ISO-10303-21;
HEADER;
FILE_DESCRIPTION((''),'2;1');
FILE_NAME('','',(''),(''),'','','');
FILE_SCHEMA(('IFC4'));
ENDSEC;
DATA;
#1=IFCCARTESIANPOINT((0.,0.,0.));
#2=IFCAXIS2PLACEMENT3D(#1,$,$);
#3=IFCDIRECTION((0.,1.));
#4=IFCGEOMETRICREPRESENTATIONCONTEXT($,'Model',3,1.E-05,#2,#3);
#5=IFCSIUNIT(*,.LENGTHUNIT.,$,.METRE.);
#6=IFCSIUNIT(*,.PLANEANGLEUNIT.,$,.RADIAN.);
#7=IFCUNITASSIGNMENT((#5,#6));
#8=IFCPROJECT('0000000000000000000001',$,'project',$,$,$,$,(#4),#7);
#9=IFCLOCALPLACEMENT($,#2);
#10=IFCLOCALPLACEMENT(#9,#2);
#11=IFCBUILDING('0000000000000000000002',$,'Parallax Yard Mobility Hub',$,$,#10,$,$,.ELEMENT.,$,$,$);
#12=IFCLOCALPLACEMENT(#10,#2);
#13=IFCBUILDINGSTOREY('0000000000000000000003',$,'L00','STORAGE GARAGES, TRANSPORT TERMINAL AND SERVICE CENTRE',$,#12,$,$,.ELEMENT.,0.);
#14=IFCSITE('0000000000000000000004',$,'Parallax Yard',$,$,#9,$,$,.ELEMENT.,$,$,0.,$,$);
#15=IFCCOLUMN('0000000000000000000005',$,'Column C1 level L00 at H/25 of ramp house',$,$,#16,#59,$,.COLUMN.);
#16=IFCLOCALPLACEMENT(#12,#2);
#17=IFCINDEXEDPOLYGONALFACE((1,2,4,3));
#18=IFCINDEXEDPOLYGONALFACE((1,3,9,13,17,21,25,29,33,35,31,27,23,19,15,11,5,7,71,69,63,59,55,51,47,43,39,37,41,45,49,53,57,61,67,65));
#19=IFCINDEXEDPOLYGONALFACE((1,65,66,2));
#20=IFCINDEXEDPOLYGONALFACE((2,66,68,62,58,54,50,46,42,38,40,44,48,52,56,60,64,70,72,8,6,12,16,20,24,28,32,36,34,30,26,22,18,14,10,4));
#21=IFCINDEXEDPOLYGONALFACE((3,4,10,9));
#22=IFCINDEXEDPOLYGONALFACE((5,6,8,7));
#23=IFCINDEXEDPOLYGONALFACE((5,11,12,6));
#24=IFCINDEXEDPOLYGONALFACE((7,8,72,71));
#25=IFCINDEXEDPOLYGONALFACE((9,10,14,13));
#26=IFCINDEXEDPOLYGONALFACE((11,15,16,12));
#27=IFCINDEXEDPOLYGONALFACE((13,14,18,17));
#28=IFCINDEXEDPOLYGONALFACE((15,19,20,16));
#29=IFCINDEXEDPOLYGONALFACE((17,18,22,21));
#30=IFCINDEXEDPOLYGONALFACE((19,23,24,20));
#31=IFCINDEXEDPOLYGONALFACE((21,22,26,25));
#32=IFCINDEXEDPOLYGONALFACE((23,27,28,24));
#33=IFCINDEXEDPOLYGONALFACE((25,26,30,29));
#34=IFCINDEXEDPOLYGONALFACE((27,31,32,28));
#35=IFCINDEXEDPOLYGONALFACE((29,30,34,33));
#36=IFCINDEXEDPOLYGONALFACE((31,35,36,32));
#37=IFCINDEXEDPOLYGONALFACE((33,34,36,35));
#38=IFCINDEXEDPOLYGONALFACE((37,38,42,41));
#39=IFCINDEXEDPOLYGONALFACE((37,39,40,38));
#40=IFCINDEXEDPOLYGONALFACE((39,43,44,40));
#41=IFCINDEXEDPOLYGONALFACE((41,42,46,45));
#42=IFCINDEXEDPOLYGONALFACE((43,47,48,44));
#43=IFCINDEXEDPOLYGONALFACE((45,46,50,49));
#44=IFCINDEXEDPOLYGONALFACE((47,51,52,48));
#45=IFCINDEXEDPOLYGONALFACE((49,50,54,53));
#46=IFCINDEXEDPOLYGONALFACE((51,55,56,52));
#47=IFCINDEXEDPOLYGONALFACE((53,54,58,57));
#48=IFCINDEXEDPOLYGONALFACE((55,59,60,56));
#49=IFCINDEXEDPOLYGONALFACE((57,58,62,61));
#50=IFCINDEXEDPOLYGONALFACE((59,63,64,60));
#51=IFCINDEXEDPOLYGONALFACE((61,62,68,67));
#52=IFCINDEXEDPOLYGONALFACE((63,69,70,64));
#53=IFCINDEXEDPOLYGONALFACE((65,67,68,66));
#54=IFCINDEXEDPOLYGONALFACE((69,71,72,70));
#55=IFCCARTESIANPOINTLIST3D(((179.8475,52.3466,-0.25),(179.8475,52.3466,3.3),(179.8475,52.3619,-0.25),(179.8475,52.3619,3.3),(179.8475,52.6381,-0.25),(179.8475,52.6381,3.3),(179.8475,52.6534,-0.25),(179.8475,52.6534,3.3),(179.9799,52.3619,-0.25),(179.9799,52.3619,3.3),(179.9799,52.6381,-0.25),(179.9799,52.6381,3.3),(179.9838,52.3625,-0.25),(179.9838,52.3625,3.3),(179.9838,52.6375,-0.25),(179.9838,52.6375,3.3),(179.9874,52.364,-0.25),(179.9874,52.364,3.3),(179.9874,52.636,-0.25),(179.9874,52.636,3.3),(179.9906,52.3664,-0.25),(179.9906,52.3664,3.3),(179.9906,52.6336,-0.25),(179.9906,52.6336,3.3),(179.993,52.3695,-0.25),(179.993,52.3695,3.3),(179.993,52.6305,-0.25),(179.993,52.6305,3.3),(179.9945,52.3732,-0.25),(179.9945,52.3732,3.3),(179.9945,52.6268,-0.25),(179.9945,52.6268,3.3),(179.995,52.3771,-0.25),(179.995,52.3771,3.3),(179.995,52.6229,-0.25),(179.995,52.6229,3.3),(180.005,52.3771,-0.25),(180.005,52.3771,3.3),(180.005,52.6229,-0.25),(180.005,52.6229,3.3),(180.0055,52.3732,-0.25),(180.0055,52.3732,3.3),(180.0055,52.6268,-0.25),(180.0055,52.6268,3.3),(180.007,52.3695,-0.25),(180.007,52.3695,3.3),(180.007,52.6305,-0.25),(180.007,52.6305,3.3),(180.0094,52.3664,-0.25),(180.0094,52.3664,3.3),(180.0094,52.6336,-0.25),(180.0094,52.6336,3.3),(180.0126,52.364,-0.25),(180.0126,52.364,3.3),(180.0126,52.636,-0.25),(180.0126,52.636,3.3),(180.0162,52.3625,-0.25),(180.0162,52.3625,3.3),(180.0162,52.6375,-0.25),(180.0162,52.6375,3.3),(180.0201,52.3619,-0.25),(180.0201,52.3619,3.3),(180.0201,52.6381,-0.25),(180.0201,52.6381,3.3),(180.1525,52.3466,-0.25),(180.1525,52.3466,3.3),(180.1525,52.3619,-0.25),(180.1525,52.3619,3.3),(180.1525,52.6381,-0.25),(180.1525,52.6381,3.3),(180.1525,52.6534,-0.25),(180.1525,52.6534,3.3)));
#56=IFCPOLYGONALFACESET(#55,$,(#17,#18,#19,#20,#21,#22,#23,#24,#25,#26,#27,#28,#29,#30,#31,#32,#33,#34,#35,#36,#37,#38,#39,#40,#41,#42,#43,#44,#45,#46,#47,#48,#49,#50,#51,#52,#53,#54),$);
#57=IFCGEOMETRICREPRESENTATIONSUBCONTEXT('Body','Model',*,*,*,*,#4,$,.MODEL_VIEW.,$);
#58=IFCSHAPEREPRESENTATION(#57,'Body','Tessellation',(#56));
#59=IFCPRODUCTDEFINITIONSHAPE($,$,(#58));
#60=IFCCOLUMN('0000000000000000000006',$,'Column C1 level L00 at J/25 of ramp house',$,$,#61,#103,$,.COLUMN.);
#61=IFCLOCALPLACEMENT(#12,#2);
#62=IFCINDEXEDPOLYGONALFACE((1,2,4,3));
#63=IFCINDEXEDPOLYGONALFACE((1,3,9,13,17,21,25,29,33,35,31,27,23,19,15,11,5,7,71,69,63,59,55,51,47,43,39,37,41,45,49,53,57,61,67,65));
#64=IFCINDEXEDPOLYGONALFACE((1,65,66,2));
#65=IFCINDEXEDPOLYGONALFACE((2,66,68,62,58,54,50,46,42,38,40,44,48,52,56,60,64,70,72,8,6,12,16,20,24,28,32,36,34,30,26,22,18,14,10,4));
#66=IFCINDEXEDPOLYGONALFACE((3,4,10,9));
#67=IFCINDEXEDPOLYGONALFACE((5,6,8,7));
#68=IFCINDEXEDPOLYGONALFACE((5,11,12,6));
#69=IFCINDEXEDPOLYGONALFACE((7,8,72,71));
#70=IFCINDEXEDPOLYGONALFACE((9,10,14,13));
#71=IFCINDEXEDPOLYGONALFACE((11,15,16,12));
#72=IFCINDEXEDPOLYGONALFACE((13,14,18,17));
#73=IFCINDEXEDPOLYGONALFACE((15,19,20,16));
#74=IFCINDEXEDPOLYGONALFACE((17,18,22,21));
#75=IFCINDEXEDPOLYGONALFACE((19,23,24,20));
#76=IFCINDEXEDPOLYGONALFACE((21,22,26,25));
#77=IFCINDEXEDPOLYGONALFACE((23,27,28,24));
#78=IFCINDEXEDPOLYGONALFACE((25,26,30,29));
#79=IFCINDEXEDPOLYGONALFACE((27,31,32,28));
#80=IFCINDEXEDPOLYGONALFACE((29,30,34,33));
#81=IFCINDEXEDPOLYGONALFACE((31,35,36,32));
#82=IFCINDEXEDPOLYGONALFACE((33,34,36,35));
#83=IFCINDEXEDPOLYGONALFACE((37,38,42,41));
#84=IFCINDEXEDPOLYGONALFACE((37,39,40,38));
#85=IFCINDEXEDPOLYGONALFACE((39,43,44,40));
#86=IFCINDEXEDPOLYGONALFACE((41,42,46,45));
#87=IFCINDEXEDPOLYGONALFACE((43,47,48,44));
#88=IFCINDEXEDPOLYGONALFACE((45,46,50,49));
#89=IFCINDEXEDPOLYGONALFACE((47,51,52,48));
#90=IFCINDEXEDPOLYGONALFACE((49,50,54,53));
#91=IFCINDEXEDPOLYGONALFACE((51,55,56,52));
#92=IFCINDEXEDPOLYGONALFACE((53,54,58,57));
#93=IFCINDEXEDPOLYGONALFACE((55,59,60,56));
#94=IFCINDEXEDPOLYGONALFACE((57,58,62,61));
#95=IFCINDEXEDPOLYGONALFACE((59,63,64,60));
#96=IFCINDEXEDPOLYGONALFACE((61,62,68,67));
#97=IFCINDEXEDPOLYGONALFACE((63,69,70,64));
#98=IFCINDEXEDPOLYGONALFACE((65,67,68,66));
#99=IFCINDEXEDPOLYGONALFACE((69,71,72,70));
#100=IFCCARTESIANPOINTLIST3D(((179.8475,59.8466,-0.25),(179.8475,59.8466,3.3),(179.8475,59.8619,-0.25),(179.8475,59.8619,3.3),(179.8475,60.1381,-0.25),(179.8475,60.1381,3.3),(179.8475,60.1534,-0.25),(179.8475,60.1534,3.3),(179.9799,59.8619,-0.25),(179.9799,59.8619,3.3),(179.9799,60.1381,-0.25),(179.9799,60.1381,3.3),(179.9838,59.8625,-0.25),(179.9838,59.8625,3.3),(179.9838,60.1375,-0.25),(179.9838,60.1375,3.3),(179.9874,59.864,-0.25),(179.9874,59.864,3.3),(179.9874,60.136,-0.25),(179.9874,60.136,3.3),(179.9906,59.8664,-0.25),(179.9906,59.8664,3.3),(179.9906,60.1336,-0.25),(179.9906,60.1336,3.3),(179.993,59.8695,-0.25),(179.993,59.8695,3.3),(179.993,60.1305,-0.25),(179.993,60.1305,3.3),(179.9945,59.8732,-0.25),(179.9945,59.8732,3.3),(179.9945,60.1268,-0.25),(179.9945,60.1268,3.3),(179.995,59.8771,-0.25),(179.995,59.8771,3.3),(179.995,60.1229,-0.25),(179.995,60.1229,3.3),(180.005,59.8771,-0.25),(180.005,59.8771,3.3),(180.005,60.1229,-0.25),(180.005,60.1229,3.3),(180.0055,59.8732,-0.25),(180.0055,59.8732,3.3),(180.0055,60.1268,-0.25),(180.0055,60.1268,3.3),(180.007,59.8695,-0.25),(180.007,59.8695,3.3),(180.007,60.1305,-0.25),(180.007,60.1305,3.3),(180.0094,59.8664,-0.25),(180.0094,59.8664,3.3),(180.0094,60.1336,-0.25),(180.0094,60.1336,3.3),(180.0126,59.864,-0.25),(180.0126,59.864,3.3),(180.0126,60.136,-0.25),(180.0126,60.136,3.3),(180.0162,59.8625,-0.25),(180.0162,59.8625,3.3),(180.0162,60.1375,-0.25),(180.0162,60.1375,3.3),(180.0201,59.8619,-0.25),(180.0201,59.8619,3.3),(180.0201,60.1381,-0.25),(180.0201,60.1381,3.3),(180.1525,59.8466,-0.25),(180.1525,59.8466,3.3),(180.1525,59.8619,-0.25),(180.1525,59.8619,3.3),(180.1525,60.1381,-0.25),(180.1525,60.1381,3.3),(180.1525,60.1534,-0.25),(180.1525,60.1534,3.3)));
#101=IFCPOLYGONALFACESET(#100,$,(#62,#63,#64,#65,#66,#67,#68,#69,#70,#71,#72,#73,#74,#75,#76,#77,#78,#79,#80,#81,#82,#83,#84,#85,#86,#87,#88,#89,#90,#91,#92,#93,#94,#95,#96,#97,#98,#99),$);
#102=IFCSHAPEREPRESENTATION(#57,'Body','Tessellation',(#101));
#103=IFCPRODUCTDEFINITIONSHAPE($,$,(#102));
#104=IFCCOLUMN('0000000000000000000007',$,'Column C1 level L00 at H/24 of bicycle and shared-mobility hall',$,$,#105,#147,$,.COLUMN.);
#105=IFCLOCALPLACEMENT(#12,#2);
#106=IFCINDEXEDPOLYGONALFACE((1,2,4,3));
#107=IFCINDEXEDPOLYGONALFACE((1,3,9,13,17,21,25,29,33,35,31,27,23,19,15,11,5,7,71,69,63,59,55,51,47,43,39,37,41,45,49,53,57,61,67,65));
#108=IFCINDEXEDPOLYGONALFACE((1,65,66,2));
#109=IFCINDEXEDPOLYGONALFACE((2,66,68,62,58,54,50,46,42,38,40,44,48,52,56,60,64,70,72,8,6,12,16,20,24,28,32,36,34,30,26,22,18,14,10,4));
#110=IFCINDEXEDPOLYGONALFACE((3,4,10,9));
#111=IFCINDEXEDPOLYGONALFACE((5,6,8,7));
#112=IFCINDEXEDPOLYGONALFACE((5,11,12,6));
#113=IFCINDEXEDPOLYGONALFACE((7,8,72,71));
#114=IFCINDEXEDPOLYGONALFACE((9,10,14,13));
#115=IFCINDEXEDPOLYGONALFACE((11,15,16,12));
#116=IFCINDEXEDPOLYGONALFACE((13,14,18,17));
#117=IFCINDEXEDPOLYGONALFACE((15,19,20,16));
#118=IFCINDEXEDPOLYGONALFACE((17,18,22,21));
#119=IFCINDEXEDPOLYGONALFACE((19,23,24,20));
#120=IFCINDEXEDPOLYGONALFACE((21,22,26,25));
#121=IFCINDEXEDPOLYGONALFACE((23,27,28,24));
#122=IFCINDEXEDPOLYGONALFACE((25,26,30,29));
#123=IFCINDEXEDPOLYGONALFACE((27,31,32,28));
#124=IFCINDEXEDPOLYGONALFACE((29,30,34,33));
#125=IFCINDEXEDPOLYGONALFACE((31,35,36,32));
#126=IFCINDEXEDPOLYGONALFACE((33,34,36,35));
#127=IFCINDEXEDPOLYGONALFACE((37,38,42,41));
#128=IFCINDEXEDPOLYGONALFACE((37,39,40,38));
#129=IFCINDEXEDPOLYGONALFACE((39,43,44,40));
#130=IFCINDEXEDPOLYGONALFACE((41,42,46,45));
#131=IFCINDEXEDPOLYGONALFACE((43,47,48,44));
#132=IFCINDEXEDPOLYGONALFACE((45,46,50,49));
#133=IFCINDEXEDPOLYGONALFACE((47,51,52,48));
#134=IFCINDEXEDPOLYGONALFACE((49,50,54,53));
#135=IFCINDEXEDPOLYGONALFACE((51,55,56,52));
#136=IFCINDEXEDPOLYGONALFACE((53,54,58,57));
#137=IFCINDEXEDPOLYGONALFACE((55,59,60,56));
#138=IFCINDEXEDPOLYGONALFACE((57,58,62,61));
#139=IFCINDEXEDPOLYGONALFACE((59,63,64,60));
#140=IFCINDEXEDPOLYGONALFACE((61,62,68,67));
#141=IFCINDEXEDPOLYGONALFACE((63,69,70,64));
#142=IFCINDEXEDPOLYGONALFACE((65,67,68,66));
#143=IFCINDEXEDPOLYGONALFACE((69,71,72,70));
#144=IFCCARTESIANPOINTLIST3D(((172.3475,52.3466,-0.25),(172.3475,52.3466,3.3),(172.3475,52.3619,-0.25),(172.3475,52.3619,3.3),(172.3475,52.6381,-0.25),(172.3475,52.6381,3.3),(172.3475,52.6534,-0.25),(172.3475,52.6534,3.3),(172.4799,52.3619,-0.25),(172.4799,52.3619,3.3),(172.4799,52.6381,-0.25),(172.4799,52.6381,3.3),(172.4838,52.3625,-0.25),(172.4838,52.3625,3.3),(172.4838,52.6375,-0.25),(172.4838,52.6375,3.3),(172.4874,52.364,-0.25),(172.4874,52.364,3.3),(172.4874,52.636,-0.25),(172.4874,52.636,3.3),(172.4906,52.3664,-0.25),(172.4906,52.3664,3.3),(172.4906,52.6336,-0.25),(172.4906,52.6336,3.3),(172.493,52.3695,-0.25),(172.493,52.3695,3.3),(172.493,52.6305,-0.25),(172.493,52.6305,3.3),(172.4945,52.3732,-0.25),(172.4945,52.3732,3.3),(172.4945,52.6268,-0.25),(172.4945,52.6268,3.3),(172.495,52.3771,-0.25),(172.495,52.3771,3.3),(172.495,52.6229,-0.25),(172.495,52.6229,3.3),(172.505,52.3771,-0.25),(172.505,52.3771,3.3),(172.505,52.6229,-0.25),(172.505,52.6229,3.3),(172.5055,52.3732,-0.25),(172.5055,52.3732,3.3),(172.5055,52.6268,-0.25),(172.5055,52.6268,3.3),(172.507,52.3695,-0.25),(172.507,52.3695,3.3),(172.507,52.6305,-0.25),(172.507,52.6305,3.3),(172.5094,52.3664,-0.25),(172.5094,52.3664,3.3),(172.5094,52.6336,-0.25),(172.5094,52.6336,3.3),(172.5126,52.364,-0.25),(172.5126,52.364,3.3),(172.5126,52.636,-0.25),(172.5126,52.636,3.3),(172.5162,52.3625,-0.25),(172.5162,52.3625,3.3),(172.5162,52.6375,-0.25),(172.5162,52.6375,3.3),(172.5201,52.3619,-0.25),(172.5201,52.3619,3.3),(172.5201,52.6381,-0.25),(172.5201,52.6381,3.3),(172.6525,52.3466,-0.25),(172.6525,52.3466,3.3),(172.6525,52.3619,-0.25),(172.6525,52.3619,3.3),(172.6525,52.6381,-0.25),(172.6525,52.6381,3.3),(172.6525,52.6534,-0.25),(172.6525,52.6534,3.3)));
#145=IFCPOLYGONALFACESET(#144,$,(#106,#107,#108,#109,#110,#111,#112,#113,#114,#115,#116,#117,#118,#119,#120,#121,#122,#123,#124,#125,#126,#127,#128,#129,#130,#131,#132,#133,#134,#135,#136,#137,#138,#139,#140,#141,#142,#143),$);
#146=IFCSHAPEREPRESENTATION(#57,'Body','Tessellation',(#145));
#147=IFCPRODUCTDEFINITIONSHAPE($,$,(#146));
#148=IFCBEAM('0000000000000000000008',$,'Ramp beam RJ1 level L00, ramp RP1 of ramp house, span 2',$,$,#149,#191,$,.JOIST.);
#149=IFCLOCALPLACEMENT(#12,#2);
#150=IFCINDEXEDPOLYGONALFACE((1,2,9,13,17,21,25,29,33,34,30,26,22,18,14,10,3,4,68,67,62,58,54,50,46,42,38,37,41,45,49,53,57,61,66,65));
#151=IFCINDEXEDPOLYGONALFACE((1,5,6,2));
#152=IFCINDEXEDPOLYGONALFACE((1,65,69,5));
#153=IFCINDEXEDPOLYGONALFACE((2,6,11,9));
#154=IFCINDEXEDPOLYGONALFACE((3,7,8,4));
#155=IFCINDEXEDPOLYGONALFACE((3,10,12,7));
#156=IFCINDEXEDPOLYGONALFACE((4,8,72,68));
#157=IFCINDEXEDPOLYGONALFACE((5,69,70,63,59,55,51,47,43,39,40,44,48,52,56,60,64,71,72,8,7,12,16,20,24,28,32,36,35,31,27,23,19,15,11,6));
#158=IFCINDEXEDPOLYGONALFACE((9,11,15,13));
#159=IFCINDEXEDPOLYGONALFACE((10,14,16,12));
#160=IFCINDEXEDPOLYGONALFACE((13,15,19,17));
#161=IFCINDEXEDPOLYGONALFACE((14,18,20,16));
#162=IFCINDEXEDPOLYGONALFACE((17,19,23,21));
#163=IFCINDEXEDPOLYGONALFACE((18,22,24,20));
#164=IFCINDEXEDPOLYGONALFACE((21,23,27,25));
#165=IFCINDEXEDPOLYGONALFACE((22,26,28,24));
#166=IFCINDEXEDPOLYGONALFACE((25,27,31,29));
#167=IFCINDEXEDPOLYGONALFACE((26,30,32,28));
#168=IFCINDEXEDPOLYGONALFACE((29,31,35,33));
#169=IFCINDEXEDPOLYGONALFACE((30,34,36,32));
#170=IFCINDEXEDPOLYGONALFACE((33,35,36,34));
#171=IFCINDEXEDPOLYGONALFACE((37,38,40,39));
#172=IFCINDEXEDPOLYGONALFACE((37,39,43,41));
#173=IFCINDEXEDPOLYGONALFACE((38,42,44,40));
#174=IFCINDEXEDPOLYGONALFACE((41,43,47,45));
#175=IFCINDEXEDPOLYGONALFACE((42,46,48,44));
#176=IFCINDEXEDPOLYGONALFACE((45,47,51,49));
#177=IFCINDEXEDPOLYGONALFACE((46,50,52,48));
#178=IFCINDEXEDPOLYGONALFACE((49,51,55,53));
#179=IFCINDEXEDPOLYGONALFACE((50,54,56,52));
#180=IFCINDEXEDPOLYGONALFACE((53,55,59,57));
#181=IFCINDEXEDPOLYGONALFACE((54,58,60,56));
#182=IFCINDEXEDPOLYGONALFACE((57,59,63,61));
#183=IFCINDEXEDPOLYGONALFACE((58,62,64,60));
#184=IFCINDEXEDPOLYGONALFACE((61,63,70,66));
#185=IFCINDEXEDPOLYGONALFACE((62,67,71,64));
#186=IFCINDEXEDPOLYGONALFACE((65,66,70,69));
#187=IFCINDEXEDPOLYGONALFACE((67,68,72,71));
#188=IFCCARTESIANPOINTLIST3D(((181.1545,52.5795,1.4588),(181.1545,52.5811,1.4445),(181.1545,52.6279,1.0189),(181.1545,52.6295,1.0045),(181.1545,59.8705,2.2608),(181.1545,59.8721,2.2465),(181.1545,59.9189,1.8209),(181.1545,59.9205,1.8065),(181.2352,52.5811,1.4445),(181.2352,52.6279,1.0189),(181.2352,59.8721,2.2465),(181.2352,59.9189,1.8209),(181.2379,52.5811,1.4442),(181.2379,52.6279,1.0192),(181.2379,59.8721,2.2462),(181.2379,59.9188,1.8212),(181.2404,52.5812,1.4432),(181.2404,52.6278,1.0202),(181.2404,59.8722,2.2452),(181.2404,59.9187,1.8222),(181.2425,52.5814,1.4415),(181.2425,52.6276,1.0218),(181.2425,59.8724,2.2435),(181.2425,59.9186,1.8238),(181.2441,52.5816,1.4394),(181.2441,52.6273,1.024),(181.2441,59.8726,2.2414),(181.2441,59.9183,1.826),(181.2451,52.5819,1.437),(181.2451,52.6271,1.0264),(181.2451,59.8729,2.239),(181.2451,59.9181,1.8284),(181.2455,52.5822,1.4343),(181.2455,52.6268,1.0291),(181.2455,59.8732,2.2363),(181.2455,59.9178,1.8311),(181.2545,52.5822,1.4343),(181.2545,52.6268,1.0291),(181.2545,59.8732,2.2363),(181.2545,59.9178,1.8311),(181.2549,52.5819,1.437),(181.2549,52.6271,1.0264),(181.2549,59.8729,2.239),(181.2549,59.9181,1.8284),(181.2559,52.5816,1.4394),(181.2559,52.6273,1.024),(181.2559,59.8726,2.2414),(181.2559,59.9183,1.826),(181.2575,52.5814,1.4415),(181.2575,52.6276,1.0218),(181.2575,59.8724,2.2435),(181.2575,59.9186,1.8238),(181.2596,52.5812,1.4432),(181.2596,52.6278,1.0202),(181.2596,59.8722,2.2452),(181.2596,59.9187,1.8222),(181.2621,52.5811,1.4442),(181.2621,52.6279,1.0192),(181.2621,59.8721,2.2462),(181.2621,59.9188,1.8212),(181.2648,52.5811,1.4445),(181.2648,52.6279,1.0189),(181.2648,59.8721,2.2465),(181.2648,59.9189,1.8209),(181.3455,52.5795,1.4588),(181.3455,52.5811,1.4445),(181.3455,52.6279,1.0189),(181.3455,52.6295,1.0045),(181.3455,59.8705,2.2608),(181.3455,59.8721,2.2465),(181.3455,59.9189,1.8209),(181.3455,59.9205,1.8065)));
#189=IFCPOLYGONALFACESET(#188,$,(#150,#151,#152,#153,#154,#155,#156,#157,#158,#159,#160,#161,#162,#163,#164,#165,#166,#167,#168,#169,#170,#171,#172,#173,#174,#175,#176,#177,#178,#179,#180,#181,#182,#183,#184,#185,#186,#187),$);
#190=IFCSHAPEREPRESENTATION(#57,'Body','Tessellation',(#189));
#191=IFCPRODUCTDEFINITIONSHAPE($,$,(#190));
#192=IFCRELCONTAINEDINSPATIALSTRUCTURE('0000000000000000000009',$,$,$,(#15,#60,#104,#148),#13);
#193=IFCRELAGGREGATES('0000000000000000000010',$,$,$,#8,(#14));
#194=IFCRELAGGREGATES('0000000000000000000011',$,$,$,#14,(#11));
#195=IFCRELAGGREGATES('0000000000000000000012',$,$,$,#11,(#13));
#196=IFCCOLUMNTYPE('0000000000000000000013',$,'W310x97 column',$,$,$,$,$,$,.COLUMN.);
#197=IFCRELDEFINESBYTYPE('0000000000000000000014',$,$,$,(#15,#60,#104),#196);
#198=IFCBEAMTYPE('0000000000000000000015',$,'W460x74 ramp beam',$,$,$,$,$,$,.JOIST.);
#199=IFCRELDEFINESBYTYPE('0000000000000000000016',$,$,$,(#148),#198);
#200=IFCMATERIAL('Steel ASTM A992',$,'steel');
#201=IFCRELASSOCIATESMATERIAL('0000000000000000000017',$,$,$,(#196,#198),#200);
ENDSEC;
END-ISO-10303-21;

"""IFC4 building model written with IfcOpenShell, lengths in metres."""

from ifc_helpers import new_model, si_unit, direction, frame, origin, origin_2d, place, context, subcontext, project, spatial, i_section, extrude, material, material_profile, profile_set, type_object, element, save


model = new_model("IFC4")

# Units and contexts
model_context = context("Model", 3, precision=1e-05, world=origin(), true_north=direction((0.0, 1.0)))
body_context = subcontext(model_context, "Body", "Model", "MODEL_VIEW")
ifc_project = project(units=[si_unit("LENGTHUNIT", "METRE"), si_unit("PLANEANGLEUNIT", "RADIAN")], contexts=[model_context])

# Site, building, storey
site_placement = place(None, origin())
site = spatial("IfcSite", under=ifc_project, at=site_placement, Name="Parallax Yard", CompositionType="ELEMENT", RefElevation=0.0)
building_placement = place(site_placement, origin())
building = spatial("IfcBuilding", under=site, at=building_placement, Name="Parallax Yard Mobility Hub", CompositionType="ELEMENT")
storey_placement = place(building_placement, origin())
storey = spatial("IfcBuildingStorey", under=building, at=storey_placement, Name="L00", Description="STORAGE GARAGES, TRANSPORT TERMINAL AND SERVICE CENTRE", CompositionType="ELEMENT", Elevation=0.0)

# Columns
ifc_material_1 = material(Name="Steel ASTM A992", Category="steel")
ifc_material_profile_1 = material_profile(ifc_material_1, i_section(OverallWidth=0.3049, OverallDepth=0.3069, WebThickness=0.01, FlangeThickness=0.0154, FilletRadius=0.0151, at=origin_2d()), Name="W310x97")
ifc_profile_set_1 = profile_set([ifc_material_profile_1], Name="Steel ASTM A992")
column_type = type_object("IfcColumnType", Name="W310x97 column", PredefinedType="COLUMN", material=ifc_profile_set_1)
for number, where, z_axis, x_axis, name in (
    (1, (180.0, 52.5, -0.25), (0.0, 0.0, 1.0), (1.0, 0.0, 0.0), "Column C1 level L00 at H/25 of ramp house"),
    (2, (180.0, 60.0, -0.25), (0.0, 0.0, 1.0), (1.0, 0.0, 0.0), "Column C1 level L00 at J/25 of ramp house"),
    (3, (172.5, 52.5, -0.25), (0.0, 0.0, 1.0), (1.0, 0.0, 0.0), "Column C1 level L00 at H/24 of bicycle and shared-mobility hall"),
):
    element("IfcColumn", number, at=place(storey_placement, frame(where, z_axis=z_axis, x_axis=x_axis)), inside=storey, type_object=column_type, Name=name, PredefinedType="COLUMN", context=body_context, shape_type="SweptSolid", body=[
        extrude(i_section(OverallWidth=0.3049, OverallDepth=0.3069, WebThickness=0.01, FlangeThickness=0.0154, FilletRadius=0.0151, at=origin_2d()), origin(), (0.0, 0.0, 1.0), 3.55),
    ])

# Beam
ifc_material_profile_2 = material_profile(ifc_material_1, i_section(OverallWidth=0.1909, OverallDepth=0.457, WebThickness=0.009, FlangeThickness=0.0144, FilletRadius=0.0103, at=origin_2d()), Name="W460x74")
ifc_profile_set_2 = profile_set([ifc_material_profile_2], Name="Steel ASTM A992")
beam_type_1 = type_object("IfcBeamType", Name="W460x74 ramp beam", PredefinedType="JOIST", material=ifc_profile_set_2)
for number, where, z_axis, x_axis, name in (
    (4, (181.25, 52.6045, 1.2317), (0.0, 0.994005, 0.109339), (-1.0, 0.0, 0.0), "Ramp beam RJ1 level L00, ramp RP1 of ramp house, span 2"),
):
    element("IfcBeam", number, at=place(storey_placement, frame(where, z_axis=z_axis, x_axis=x_axis)), inside=storey, type_object=beam_type_1, Name=name, PredefinedType="JOIST", context=body_context, shape_type="SweptSolid", body=[
        extrude(i_section(OverallWidth=0.1909, OverallDepth=0.457, WebThickness=0.009, FlangeThickness=0.0144, FilletRadius=0.0103, at=origin_2d()), origin(), (0.0, 0.0, 1.0), 7.335),
    ])

save(model, "model.ifc")
